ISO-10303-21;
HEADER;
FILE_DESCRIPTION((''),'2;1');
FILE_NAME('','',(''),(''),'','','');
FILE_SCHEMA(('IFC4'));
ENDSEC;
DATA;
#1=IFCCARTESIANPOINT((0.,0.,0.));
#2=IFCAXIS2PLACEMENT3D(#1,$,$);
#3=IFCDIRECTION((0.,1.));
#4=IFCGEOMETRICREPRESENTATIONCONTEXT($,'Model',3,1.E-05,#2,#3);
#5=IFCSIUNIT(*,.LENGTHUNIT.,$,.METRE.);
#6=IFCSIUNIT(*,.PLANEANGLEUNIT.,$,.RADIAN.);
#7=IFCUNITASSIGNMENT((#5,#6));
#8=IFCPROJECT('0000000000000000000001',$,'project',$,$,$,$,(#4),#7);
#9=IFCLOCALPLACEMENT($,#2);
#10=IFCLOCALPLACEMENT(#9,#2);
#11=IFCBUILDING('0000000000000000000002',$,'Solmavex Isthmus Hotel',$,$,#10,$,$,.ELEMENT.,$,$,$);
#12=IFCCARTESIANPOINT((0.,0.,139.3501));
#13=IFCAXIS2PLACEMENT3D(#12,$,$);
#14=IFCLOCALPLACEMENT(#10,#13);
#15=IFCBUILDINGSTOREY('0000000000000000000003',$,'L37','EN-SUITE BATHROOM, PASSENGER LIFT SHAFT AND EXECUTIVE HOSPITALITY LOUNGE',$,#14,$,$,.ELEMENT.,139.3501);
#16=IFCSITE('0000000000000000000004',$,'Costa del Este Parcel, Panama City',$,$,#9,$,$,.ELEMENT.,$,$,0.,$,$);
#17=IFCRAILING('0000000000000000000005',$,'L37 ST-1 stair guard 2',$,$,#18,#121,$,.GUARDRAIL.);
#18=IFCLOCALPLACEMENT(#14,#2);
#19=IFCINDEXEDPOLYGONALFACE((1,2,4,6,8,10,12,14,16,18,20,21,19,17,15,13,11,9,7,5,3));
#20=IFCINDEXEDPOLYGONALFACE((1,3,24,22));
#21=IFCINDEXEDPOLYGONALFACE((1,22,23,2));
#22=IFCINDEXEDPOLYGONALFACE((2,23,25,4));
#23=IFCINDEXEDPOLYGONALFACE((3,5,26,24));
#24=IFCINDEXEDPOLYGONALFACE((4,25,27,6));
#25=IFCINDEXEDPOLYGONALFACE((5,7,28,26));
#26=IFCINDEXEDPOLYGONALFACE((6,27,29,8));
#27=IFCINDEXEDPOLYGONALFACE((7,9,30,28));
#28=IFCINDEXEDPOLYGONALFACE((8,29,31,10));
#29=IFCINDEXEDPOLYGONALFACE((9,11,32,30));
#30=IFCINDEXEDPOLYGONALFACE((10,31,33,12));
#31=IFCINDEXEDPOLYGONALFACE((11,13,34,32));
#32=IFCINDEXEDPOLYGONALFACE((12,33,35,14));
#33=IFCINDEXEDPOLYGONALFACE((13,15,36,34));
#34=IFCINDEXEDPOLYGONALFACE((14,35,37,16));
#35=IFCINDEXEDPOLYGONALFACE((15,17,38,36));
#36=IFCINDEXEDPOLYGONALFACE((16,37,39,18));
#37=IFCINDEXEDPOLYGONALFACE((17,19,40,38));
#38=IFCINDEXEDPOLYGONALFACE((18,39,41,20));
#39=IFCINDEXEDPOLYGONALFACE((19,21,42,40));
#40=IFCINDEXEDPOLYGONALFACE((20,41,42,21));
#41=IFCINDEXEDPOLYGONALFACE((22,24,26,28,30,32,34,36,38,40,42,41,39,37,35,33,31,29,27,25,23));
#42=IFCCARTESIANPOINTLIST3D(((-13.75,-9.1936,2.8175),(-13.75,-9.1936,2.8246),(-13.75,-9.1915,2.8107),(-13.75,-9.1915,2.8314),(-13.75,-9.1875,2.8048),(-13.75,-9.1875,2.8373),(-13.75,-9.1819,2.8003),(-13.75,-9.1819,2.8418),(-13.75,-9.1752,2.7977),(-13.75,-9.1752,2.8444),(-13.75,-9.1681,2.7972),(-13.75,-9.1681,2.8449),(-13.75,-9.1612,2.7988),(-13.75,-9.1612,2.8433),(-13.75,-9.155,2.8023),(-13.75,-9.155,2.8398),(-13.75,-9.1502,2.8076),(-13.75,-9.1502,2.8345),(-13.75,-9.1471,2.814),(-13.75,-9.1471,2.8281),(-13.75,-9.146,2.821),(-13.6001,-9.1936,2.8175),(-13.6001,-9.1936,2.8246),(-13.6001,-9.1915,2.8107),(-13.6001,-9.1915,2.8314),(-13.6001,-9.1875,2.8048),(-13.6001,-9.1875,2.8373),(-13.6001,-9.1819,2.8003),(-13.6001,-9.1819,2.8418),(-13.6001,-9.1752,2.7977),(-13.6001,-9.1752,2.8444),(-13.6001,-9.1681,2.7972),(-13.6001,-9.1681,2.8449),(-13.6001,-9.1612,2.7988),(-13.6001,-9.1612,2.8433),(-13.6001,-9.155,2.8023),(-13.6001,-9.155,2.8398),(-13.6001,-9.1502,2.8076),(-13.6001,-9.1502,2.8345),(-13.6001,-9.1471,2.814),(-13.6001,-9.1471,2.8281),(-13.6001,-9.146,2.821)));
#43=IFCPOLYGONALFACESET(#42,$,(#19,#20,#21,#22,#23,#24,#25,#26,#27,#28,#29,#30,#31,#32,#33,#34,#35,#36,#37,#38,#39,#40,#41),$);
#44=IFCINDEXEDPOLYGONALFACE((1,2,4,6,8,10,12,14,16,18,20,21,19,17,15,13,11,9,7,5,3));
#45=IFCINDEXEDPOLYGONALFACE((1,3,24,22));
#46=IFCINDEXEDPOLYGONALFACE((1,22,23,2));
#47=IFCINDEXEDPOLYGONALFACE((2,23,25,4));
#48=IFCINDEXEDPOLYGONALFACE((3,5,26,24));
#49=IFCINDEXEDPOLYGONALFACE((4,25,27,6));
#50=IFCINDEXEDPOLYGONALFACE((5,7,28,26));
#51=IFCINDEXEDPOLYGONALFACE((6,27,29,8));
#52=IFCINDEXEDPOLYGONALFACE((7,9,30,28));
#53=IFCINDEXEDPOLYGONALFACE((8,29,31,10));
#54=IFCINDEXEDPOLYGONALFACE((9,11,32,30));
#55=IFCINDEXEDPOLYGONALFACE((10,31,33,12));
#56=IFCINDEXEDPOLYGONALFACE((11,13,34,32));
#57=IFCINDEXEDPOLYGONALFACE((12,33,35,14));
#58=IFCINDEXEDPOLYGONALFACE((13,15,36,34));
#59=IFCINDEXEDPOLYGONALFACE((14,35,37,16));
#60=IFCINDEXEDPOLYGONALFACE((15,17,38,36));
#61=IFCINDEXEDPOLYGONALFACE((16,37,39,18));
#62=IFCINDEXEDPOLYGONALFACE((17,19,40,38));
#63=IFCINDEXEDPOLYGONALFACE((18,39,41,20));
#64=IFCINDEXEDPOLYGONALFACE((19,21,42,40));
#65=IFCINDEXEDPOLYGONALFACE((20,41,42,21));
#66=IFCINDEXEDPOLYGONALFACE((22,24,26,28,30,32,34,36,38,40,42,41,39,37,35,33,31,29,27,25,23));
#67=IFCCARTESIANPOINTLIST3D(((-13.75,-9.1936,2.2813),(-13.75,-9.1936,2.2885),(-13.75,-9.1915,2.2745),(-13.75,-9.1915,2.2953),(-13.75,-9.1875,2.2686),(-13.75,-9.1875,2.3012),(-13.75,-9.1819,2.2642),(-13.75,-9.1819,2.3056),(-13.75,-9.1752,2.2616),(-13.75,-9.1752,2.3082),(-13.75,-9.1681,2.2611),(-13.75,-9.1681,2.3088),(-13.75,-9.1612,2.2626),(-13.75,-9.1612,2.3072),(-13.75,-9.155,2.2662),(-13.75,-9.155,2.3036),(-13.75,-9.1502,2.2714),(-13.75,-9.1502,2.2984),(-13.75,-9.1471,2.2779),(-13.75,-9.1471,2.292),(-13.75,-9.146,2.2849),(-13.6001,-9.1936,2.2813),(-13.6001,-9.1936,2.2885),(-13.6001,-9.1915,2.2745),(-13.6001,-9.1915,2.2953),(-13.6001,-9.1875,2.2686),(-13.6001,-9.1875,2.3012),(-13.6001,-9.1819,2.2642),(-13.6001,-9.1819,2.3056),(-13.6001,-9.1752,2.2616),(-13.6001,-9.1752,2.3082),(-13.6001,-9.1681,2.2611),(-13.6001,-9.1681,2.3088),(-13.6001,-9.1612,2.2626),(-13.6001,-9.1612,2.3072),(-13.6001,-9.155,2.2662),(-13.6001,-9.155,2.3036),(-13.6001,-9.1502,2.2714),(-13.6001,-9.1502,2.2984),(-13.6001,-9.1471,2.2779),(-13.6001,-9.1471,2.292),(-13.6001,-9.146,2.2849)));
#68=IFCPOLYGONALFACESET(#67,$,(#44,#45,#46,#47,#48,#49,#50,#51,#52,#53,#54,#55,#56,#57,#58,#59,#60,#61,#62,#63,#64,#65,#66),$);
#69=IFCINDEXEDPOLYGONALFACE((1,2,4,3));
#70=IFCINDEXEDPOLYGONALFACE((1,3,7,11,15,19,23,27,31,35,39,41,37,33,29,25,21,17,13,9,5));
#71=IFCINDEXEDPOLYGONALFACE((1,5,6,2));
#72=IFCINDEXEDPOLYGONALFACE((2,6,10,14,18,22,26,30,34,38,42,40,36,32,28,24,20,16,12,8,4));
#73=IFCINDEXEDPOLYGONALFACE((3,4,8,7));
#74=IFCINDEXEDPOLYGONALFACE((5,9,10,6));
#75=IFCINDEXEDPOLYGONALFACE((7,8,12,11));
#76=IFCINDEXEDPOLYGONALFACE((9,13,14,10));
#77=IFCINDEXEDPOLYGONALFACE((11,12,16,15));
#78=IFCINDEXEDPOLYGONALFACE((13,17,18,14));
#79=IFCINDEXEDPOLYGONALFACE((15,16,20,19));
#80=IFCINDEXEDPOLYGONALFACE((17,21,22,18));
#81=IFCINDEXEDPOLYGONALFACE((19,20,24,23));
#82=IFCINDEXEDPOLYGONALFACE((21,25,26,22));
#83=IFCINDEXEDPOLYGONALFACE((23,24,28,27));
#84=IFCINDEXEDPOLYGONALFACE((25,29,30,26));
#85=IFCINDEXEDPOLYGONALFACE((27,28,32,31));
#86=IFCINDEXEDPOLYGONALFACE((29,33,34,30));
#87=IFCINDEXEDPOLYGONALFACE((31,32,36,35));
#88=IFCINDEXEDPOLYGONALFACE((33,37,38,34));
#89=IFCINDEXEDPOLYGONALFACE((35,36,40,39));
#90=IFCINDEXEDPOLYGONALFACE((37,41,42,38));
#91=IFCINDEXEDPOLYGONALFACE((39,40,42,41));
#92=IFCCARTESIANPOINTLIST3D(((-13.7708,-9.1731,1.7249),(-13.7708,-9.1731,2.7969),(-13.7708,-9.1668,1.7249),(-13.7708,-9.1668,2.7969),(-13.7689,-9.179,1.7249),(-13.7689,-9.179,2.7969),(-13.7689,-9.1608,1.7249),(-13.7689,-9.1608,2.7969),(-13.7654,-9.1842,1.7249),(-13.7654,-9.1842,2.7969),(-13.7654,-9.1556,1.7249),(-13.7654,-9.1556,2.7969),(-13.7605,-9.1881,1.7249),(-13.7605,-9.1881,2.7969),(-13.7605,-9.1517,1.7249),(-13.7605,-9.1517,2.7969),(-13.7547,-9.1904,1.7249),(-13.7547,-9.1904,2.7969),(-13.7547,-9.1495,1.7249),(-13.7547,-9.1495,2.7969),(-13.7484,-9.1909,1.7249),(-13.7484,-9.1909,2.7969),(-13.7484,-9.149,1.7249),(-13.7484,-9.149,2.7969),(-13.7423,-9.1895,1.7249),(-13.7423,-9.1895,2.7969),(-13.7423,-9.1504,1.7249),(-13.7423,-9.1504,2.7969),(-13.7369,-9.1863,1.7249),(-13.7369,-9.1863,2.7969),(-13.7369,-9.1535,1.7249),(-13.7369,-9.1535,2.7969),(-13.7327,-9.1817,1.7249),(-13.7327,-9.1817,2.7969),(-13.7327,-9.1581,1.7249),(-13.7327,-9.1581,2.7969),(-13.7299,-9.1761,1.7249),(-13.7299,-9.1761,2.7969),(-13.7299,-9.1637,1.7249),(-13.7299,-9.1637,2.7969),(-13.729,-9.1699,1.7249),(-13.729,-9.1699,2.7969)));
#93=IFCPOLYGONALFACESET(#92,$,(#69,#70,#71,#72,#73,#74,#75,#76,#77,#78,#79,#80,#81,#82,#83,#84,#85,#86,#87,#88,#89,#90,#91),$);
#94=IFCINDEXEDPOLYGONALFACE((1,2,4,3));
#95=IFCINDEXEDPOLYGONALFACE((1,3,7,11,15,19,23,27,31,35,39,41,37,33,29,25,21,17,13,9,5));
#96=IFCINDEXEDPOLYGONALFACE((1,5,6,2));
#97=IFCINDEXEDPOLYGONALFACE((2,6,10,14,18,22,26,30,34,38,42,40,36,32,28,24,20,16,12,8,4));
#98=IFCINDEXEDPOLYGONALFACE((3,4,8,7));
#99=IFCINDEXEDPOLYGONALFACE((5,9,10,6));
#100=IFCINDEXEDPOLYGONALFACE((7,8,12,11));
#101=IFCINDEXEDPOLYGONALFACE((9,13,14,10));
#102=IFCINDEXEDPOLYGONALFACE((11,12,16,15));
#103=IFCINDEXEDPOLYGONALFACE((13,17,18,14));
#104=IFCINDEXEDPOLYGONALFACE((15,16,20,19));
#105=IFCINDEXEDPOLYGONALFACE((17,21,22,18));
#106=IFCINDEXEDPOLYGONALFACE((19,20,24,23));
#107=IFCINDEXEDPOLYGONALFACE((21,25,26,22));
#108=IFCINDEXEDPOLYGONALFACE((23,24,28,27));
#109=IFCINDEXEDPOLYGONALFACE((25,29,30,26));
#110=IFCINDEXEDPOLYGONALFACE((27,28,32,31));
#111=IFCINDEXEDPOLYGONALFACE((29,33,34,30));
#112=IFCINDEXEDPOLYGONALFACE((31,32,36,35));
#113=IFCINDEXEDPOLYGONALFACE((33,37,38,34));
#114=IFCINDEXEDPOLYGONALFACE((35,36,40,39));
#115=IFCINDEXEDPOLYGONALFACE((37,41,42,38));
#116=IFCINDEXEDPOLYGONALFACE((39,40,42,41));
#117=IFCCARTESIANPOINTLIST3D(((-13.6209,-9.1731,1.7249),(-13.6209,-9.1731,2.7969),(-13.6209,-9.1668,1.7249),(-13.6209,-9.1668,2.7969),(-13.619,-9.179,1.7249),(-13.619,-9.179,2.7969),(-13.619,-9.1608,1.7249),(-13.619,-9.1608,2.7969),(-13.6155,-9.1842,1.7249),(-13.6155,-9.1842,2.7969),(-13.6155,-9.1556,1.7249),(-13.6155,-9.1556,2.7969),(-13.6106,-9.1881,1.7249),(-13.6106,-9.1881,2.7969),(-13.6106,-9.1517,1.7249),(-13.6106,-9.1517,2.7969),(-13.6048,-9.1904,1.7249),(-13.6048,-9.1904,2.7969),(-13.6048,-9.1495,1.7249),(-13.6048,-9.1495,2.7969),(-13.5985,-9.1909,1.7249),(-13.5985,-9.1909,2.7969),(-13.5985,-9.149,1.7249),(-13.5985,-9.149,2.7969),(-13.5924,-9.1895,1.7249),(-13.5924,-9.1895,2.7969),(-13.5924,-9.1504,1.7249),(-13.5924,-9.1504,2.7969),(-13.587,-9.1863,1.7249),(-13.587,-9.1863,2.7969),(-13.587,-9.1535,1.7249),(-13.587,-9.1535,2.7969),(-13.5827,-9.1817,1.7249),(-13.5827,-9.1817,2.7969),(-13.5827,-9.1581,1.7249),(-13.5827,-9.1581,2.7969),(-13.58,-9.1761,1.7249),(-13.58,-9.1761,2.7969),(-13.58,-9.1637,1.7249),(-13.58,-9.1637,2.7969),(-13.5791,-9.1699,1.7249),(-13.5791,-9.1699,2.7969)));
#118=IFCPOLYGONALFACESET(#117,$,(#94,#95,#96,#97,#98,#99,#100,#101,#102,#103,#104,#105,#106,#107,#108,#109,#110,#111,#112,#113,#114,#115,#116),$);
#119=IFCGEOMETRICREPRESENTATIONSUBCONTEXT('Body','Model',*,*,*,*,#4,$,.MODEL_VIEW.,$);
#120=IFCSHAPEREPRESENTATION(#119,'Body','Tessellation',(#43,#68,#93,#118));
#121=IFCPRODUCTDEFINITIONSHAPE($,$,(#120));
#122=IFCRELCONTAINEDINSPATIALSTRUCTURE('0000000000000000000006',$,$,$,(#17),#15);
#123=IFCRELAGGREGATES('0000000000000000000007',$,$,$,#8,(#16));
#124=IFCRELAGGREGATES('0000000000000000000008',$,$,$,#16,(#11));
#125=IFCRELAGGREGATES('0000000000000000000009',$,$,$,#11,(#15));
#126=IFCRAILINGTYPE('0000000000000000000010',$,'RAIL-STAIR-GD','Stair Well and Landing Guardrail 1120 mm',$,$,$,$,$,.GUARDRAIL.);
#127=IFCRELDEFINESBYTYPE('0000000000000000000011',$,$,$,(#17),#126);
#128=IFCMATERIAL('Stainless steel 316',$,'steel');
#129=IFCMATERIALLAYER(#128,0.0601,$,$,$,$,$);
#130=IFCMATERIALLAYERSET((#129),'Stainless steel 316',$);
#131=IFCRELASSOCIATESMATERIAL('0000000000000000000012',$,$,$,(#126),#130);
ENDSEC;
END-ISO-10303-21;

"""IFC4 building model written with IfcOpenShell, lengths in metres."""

from ifc_helpers import new_model, si_unit, direction, frame, origin, origin_2d, place, context, subcontext, project, spatial, circle, extrude, material, layer, layer_set, type_object, element, save


model = new_model("IFC4")

# Units and contexts
model_context = context("Model", 3, precision=1e-05, world=origin(), true_north=direction((0.0, 1.0)))
body_context = subcontext(model_context, "Body", "Model", "MODEL_VIEW")
ifc_project = project(units=[si_unit("LENGTHUNIT", "METRE"), si_unit("PLANEANGLEUNIT", "RADIAN")], contexts=[model_context])

# Site, building, storey
site_placement = place(None, origin())
site = spatial("IfcSite", under=ifc_project, at=site_placement, Name="Costa del Este Parcel, Panama City", CompositionType="ELEMENT", RefElevation=0.0)
building_placement = place(site_placement, origin())
building = spatial("IfcBuilding", under=site, at=building_placement, Name="Solmavex Isthmus Hotel", CompositionType="ELEMENT")
storey_placement = place(building_placement, frame((0.0, 0.0, 139.3501)))
storey = spatial("IfcBuildingStorey", under=building, at=storey_placement, Name="L37", Description="EN-SUITE BATHROOM, PASSENGER LIFT SHAFT AND EXECUTIVE HOSPITALITY LOUNGE", CompositionType="ELEMENT", Elevation=139.3501)

# Railing
ifc_material_1 = material(Name="Stainless steel 316", Category="steel")
ifc_layer_1 = layer(ifc_material_1, 0.0601)
ifc_layer_set_1 = layer_set([ifc_layer_1], Name="Stainless steel 316")
railing_type = type_object("IfcRailingType", Name="RAIL-STAIR-GD", Description="Stair Well and Landing Guardrail 1120 mm", PredefinedType="GUARDRAIL", material=ifc_layer_set_1)
railing_1_placement = place(storey_placement, frame((-13.75, -9.1699, 1.7249)))
element("IfcRailing", 1, at=railing_1_placement, inside=storey, type_object=railing_type, Name="L37 ST-1 stair guard 2", PredefinedType="GUARDRAIL", context=body_context, shape_type="SweptSolid", body=[
    extrude(circle(Radius=0.0239, at=origin_2d()), frame((0.0, 0.0, 1.0962), z_axis=(1.0, 0.0, 0.0), x_axis=(0.0, 1.0, 0.0)), (0.0, 0.0, 1.0), 0.1499),
    extrude(circle(Radius=0.0239, at=origin_2d()), frame((0.0, 0.0, 0.5601), z_axis=(1.0, 0.0, 0.0), x_axis=(0.0, 1.0, 0.0)), (0.0, 0.0, 1.0), 0.1499),
    extrude(circle(Radius=0.021, at=origin_2d()), origin(), (0.0, 0.0, 1.0), 1.072),
    extrude(circle(Radius=0.021, at=origin_2d()), frame((0.1499, 0.0, 0.0)), (0.0, 0.0, 1.0), 1.072),
])

save(model, "model.ifc")
